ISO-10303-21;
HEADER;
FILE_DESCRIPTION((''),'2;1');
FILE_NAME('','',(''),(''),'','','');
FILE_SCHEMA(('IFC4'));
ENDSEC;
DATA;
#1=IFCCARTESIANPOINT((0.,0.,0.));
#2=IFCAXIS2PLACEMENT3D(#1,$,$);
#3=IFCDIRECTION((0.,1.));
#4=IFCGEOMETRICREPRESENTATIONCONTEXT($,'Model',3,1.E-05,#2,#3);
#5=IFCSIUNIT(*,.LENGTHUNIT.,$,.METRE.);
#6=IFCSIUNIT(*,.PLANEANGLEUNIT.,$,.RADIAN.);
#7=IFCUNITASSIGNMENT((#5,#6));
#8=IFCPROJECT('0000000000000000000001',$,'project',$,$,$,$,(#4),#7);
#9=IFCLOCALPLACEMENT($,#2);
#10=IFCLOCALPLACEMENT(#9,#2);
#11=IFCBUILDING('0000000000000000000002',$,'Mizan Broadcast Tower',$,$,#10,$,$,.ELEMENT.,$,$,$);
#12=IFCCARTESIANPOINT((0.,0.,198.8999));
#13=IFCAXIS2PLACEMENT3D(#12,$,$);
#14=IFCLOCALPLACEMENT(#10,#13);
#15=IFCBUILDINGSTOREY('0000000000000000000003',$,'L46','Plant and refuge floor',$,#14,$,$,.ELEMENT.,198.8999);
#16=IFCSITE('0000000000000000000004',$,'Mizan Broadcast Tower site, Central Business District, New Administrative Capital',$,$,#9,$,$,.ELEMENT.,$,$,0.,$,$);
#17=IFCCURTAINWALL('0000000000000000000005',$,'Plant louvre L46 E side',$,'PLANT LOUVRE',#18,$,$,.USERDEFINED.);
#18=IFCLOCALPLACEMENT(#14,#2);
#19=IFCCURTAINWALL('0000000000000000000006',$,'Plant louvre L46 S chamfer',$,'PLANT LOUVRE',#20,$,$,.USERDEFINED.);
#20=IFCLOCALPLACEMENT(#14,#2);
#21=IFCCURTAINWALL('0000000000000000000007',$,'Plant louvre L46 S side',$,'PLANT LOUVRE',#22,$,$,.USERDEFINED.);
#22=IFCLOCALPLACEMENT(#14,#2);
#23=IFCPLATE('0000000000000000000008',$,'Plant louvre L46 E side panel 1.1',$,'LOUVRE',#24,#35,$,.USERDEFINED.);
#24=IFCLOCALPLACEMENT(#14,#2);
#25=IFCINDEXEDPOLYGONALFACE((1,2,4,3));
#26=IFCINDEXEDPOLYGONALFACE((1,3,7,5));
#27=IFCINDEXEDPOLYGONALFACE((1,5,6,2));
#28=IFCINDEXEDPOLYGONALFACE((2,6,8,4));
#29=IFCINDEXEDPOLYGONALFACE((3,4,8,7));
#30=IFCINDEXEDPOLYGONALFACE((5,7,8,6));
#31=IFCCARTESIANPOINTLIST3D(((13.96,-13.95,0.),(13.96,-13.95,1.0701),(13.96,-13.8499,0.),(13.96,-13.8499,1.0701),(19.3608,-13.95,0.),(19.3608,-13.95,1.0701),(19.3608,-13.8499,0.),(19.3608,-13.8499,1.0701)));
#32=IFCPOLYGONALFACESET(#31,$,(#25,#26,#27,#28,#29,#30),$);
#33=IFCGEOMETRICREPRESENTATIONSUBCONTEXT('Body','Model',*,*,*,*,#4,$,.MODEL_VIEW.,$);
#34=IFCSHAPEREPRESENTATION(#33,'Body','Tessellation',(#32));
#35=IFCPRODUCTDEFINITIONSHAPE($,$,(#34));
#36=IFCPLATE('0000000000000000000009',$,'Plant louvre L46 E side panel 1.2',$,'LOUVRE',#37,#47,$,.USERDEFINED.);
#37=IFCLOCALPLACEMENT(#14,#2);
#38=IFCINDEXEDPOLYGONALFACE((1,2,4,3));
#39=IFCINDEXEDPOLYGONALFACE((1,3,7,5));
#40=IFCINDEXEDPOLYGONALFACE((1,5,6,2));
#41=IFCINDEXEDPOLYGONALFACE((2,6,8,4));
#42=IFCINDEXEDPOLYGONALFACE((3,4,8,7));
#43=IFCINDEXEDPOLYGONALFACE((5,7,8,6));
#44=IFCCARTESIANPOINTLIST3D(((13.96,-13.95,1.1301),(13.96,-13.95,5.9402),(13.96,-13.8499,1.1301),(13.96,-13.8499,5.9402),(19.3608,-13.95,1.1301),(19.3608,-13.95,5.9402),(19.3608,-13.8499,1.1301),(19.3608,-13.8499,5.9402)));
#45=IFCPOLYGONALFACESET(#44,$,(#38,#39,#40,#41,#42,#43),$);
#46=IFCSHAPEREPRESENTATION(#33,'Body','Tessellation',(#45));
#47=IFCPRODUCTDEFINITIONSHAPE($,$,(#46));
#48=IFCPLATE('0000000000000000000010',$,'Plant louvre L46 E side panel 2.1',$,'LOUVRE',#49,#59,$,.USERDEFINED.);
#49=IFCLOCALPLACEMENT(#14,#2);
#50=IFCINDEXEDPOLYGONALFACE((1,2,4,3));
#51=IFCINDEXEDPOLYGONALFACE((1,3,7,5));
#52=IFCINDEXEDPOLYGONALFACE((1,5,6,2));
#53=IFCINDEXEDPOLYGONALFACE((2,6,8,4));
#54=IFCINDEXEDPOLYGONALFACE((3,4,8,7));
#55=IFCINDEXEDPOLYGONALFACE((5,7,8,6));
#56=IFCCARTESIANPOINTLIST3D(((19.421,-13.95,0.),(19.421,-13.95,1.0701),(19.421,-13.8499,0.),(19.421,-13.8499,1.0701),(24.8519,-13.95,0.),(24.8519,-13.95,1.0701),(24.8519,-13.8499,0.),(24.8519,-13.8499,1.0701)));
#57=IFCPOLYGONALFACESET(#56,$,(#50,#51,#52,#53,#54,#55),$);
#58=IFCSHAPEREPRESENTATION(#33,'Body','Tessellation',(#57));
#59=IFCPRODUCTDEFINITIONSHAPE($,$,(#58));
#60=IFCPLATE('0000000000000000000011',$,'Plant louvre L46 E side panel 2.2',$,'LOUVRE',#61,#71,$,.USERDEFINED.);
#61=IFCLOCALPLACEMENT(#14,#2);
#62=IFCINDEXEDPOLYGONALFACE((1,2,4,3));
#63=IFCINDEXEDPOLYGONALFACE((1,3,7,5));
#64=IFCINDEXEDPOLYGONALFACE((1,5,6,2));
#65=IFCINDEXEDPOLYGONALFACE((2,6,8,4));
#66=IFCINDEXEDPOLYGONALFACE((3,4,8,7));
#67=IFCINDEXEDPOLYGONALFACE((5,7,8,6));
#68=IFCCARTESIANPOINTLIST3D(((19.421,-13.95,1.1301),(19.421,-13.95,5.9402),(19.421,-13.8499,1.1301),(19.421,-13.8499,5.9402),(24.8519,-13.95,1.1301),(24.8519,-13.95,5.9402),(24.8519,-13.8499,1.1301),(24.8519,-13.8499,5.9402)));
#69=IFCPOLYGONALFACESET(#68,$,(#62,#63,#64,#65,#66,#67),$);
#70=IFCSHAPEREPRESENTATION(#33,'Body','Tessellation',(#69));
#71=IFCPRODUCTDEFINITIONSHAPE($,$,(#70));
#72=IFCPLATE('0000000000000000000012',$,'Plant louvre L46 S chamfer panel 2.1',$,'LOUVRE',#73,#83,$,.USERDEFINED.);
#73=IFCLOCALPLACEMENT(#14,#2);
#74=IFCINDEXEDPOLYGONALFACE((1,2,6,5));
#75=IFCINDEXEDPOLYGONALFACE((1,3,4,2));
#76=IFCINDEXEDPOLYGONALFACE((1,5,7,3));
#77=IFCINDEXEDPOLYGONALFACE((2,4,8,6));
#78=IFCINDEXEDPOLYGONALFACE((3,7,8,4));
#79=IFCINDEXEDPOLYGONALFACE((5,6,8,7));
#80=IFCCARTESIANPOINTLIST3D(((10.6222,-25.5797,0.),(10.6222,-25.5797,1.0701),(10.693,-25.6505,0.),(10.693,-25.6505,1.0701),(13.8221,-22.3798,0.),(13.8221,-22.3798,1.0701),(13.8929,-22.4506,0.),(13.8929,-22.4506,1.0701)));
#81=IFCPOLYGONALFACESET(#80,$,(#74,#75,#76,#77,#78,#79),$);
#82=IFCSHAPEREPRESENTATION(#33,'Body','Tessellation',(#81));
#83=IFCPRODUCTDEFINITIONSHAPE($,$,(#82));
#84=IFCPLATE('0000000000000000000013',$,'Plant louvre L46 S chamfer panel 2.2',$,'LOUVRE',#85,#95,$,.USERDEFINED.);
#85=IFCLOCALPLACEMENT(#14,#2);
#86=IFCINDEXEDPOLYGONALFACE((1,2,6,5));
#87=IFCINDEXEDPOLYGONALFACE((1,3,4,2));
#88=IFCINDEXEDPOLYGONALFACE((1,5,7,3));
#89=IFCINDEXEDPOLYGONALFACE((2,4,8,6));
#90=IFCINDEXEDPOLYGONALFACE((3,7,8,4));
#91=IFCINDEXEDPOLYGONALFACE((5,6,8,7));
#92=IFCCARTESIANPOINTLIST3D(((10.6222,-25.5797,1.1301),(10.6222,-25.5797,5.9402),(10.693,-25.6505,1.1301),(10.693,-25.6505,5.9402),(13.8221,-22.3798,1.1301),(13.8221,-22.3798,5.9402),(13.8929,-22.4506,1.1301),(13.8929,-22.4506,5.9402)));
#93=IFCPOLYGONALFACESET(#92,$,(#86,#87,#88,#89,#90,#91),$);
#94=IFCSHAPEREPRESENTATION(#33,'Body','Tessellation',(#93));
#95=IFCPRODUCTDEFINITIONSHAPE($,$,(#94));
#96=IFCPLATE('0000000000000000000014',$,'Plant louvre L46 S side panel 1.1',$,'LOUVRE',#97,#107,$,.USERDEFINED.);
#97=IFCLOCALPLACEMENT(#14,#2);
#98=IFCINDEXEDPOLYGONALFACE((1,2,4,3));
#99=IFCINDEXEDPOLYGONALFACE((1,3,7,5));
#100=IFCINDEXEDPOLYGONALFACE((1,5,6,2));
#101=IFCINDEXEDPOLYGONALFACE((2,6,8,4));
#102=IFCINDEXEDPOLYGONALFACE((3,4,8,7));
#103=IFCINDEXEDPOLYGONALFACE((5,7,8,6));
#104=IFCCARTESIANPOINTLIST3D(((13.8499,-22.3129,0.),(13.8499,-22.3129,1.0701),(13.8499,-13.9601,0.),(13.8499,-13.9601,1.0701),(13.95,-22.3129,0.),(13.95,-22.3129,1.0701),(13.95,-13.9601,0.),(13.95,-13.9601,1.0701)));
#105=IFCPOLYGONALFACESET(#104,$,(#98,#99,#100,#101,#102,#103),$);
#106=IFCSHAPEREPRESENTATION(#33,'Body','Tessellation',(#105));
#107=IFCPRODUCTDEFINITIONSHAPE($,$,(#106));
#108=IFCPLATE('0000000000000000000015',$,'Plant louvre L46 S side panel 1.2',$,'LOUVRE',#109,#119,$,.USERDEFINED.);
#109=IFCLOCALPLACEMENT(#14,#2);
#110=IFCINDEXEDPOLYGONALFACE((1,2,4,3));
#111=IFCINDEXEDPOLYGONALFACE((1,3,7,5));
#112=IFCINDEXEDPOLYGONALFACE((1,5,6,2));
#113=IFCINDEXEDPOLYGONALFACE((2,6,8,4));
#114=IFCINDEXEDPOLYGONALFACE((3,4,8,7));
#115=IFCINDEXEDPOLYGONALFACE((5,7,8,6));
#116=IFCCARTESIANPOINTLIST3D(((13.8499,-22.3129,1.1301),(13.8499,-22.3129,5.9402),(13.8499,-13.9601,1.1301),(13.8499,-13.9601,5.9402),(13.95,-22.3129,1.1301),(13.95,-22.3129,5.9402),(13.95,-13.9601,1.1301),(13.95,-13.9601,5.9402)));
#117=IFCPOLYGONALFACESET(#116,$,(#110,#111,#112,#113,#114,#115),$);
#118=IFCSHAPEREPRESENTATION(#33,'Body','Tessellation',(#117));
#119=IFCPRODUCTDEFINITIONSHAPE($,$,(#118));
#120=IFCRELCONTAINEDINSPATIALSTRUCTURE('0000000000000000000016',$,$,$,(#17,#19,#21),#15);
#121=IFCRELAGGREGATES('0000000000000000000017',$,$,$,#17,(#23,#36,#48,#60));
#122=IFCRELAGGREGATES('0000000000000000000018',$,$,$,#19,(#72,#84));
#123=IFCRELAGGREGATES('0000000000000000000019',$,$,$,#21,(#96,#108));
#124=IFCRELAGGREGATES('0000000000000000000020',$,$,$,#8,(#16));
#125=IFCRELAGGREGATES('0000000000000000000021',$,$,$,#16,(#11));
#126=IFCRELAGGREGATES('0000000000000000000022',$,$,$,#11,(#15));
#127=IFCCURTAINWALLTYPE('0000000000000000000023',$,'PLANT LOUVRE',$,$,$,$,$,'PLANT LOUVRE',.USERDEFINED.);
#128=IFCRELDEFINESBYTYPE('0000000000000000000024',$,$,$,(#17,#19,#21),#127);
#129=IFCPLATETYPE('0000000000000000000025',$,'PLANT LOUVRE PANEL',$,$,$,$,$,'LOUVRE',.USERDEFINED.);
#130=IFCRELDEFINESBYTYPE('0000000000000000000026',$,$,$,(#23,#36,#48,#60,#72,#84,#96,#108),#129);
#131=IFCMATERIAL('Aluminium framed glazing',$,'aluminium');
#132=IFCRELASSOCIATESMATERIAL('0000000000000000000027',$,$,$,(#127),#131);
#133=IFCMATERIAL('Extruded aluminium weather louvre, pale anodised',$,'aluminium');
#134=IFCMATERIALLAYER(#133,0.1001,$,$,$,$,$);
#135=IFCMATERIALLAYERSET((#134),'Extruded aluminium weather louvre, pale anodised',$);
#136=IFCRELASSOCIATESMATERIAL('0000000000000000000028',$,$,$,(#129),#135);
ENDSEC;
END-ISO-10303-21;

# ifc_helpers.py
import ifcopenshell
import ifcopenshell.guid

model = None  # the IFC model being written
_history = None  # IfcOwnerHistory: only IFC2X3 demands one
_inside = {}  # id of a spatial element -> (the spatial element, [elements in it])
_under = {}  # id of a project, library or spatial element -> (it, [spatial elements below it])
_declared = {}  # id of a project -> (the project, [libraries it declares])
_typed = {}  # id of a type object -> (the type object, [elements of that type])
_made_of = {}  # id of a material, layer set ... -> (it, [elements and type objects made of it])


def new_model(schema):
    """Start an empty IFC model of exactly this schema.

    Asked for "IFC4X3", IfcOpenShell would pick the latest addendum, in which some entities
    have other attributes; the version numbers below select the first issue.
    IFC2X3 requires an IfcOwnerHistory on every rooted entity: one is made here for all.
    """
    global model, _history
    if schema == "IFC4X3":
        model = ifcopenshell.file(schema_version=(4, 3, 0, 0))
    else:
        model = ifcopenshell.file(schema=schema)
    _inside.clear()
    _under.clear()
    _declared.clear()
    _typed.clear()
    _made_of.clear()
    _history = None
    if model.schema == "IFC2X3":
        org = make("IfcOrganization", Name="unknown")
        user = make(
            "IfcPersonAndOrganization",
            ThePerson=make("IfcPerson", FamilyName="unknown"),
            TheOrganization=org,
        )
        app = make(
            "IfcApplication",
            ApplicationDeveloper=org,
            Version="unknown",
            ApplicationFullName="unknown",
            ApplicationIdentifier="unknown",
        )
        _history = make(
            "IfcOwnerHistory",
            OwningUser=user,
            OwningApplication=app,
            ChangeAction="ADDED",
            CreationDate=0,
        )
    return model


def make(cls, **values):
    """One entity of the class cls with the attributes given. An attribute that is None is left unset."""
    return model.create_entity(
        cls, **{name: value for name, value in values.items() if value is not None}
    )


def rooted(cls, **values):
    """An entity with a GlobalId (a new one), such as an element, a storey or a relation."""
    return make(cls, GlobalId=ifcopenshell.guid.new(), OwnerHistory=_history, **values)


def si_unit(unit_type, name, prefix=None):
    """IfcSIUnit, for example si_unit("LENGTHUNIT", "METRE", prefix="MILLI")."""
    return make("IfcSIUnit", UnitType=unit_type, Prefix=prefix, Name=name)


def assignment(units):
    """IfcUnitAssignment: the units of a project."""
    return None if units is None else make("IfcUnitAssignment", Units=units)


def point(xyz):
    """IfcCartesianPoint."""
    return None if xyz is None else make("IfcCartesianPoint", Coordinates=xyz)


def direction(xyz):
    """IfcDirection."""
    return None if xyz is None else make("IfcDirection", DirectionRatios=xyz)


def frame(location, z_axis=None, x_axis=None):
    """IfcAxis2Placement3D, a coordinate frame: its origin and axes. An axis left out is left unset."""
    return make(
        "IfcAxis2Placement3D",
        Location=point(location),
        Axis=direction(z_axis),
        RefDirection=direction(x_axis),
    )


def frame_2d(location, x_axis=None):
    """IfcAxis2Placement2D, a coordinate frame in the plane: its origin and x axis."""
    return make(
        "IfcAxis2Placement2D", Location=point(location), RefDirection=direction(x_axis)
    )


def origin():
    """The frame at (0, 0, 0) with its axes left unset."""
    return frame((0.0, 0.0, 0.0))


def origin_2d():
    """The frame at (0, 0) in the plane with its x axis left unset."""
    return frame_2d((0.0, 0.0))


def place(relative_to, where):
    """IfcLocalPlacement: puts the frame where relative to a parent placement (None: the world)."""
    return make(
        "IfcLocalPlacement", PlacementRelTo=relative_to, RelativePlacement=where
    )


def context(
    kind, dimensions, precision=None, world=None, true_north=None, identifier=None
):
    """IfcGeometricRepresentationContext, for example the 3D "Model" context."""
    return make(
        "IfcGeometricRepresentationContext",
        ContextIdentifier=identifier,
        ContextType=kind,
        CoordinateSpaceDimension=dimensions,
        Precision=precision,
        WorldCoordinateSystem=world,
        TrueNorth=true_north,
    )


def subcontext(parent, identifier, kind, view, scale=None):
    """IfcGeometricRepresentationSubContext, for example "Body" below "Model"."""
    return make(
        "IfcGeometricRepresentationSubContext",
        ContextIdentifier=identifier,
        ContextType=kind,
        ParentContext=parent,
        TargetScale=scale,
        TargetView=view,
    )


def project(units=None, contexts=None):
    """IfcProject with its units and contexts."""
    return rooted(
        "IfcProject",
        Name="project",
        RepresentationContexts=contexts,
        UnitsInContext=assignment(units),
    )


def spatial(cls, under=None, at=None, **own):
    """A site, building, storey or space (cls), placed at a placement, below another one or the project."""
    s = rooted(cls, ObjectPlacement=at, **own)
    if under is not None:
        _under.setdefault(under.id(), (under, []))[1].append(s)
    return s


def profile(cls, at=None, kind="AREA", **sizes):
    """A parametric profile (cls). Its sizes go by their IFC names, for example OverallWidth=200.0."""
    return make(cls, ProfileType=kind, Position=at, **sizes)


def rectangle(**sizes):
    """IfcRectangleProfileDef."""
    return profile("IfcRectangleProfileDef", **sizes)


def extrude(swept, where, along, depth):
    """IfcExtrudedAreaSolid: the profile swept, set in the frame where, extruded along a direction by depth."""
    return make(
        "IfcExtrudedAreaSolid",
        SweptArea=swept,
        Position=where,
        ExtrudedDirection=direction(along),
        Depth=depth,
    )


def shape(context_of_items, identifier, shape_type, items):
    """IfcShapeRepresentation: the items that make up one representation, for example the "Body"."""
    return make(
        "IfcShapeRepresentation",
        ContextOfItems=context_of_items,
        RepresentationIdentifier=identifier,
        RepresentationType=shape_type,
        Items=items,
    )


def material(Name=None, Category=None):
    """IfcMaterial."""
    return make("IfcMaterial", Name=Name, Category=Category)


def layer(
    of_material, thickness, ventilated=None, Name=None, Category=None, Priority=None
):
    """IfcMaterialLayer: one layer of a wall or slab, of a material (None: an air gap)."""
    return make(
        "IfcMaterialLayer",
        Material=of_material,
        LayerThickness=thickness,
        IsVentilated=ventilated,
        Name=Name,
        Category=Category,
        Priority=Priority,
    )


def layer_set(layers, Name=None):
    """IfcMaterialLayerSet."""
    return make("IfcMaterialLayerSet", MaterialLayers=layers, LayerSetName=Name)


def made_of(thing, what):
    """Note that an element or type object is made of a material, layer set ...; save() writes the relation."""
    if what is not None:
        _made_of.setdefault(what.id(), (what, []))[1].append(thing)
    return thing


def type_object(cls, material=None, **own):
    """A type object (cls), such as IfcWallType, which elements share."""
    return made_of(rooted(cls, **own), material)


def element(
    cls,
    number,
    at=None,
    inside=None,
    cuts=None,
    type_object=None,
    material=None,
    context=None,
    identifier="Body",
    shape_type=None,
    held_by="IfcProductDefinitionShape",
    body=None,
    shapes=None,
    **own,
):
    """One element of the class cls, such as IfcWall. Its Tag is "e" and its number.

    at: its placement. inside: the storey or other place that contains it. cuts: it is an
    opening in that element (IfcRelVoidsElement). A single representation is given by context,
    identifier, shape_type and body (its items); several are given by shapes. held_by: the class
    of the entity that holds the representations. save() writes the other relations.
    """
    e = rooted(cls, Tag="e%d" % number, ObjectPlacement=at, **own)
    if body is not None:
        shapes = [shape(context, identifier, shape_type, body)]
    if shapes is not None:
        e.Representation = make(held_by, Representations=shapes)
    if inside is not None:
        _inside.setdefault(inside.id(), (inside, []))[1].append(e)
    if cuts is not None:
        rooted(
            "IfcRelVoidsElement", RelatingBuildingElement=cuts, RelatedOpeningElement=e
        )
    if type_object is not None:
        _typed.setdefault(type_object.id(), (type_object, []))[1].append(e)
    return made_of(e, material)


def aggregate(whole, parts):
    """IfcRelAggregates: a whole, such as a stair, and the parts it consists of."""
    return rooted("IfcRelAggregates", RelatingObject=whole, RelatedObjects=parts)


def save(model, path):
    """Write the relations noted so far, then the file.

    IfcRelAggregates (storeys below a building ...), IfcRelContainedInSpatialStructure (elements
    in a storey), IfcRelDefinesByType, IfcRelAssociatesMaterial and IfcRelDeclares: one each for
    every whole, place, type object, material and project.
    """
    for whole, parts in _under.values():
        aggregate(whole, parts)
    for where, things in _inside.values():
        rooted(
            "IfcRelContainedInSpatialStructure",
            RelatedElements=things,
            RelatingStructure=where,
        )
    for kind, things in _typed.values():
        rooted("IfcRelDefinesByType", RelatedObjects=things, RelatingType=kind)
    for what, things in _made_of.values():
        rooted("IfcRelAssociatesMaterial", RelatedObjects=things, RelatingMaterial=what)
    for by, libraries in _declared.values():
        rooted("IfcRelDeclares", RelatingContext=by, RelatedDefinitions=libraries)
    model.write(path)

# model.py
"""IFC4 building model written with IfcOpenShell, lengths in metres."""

from ifc_helpers import new_model, si_unit, direction, frame, origin, origin_2d, place, context, subcontext, project, spatial, rectangle, extrude, material, layer, layer_set, type_object, element, aggregate, save


model = new_model("IFC4")

# Units and contexts
model_context = context("Model", 3, precision=1e-05, world=origin(), true_north=direction((0.0, 1.0)))
body_context = subcontext(model_context, "Body", "Model", "MODEL_VIEW")
ifc_project = project(units=[si_unit("LENGTHUNIT", "METRE"), si_unit("PLANEANGLEUNIT", "RADIAN")], contexts=[model_context])

# Site, building, storey
site_placement = place(None, origin())
site = spatial("IfcSite", under=ifc_project, at=site_placement, Name="Mizan Broadcast Tower site, Central Business District, New Administrative Capital", CompositionType="ELEMENT", RefElevation=0.0)
building_placement = place(site_placement, origin())
building = spatial("IfcBuilding", under=site, at=building_placement, Name="Mizan Broadcast Tower", CompositionType="ELEMENT")
storey_placement = place(building_placement, frame((0.0, 0.0, 198.8999)))
storey = spatial("IfcBuildingStorey", under=building, at=storey_placement, Name="L46", Description="Plant and refuge floor", CompositionType="ELEMENT", Elevation=198.8999)

# Curtain wall
ifc_material_1 = material(Name="Aluminium framed glazing", Category="aluminium")
curtain_wall_type = type_object("IfcCurtainWallType", Name="PLANT LOUVRE", ElementType="PLANT LOUVRE", PredefinedType="USERDEFINED", material=ifc_material_1)
curtain_wall_1_placement = place(storey_placement, origin())
curtain_wall_1 = element("IfcCurtainWall", 1, at=curtain_wall_1_placement, inside=storey, type_object=curtain_wall_type, Name="Plant louvre L46 E side", ObjectType="PLANT LOUVRE", PredefinedType="USERDEFINED")

# Curtain walls
curtain_wall_2_placement = place(storey_placement, origin())
curtain_wall_2 = element("IfcCurtainWall", 2, at=curtain_wall_2_placement, inside=storey, type_object=curtain_wall_type, Name="Plant louvre L46 S chamfer", ObjectType="PLANT LOUVRE", PredefinedType="USERDEFINED")
curtain_wall_3_placement = place(storey_placement, origin())
curtain_wall_3 = element("IfcCurtainWall", 3, at=curtain_wall_3_placement, inside=storey, type_object=curtain_wall_type, Name="Plant louvre L46 S side", ObjectType="PLANT LOUVRE", PredefinedType="USERDEFINED")

# Plates
ifc_material_2 = material(Name="Extruded aluminium weather louvre, pale anodised", Category="aluminium")
ifc_layer = layer(ifc_material_2, 0.1001)
ifc_layer_set = layer_set([ifc_layer], Name="Extruded aluminium weather louvre, pale anodised")
plate_type = type_object("IfcPlateType", Name="PLANT LOUVRE PANEL", ElementType="LOUVRE", PredefinedType="USERDEFINED", material=ifc_layer_set)
plate_1_placement = place(storey_placement, frame((16.6604, -13.8999, 0.0), z_axis=(0.0, 0.0, 1.0), x_axis=(1.0, 0.0, 0.0)))
plate_1 = element("IfcPlate", 4, at=plate_1_placement, type_object=plate_type, Name="Plant louvre L46 E side panel 1.1", ObjectType="LOUVRE", PredefinedType="USERDEFINED", context=body_context, shape_type="SweptSolid", body=[
    extrude(rectangle(XDim=5.4009, YDim=0.1001, at=origin_2d()), origin(), (0.0, 0.0, 1.0), 1.0701),
])
plate_2_placement = place(storey_placement, frame((16.6604, -13.8999, 1.1301), z_axis=(0.0, 0.0, 1.0), x_axis=(1.0, 0.0, 0.0)))
plate_2 = element("IfcPlate", 5, at=plate_2_placement, type_object=plate_type, Name="Plant louvre L46 E side panel 1.2", ObjectType="LOUVRE", PredefinedType="USERDEFINED", context=body_context, shape_type="SweptSolid", body=[
    extrude(rectangle(XDim=5.4009, YDim=0.1001, at=origin_2d()), origin(), (0.0, 0.0, 1.0), 4.8101),
])
plate_3_placement = place(storey_placement, frame((22.1365, -13.8999, 0.0), z_axis=(0.0, 0.0, 1.0), x_axis=(1.0, 0.0, 0.0)))
plate_3 = element("IfcPlate", 6, at=plate_3_placement, type_object=plate_type, Name="Plant louvre L46 E side panel 2.1", ObjectType="LOUVRE", PredefinedType="USERDEFINED", context=body_context, shape_type="SweptSolid", body=[
    extrude(rectangle(XDim=5.4309, YDim=0.1001, at=origin_2d()), origin(), (0.0, 0.0, 1.0), 1.0701),
])
plate_4_placement = place(storey_placement, frame((22.1365, -13.8999, 1.1301), z_axis=(0.0, 0.0, 1.0), x_axis=(1.0, 0.0, 0.0)))
plate_4 = element("IfcPlate", 7, at=plate_4_placement, type_object=plate_type, Name="Plant louvre L46 E side panel 2.2", ObjectType="LOUVRE", PredefinedType="USERDEFINED", context=body_context, shape_type="SweptSolid", body=[
    extrude(rectangle(XDim=5.4309, YDim=0.1001, at=origin_2d()), origin(), (0.0, 0.0, 1.0), 4.8101),
])
aggregate(curtain_wall_1, [plate_1, plate_2, plate_3, plate_4])
plate_5_placement = place(storey_placement, frame((12.2576, -24.0151, 0.0), z_axis=(0.0, 0.0, 1.0), x_axis=(0.707107, 0.707107, 0.0)))
plate_5 = element("IfcPlate", 8, at=plate_5_placement, type_object=plate_type, Name="Plant louvre L46 S chamfer panel 2.1", ObjectType="LOUVRE", PredefinedType="USERDEFINED", context=body_context, shape_type="SweptSolid", body=[
    extrude(rectangle(XDim=4.5254, YDim=0.1001, at=origin_2d()), origin(), (0.0, 0.0, 1.0), 1.0701),
])
plate_6_placement = place(storey_placement, frame((12.2576, -24.0151, 1.1301), z_axis=(0.0, 0.0, 1.0), x_axis=(0.707107, 0.707107, 0.0)))
plate_6 = element("IfcPlate", 9, at=plate_6_placement, type_object=plate_type, Name="Plant louvre L46 S chamfer panel 2.2", ObjectType="LOUVRE", PredefinedType="USERDEFINED", context=body_context, shape_type="SweptSolid", body=[
    extrude(rectangle(XDim=4.5254, YDim=0.1001, at=origin_2d()), origin(), (0.0, 0.0, 1.0), 4.8101),
])
aggregate(curtain_wall_2, [plate_5, plate_6])
plate_7_placement = place(storey_placement, frame((13.8999, -18.1365, 0.0), z_axis=(0.0, 0.0, 1.0), x_axis=(0.0, 1.0, 0.0)))
plate_7 = element("IfcPlate", 10, at=plate_7_placement, type_object=plate_type, Name="Plant louvre L46 S side panel 1.1", ObjectType="LOUVRE", PredefinedType="USERDEFINED", context=body_context, shape_type="SweptSolid", body=[
    extrude(rectangle(XDim=8.3528, YDim=0.1001, at=origin_2d()), origin(), (0.0, 0.0, 1.0), 1.0701),
])
plate_8_placement = place(storey_placement, frame((13.8999, -18.1365, 1.1301), z_axis=(0.0, 0.0, 1.0), x_axis=(0.0, 1.0, 0.0)))
plate_8 = element("IfcPlate", 11, at=plate_8_placement, type_object=plate_type, Name="Plant louvre L46 S side panel 1.2", ObjectType="LOUVRE", PredefinedType="USERDEFINED", context=body_context, shape_type="SweptSolid", body=[
    extrude(rectangle(XDim=8.3528, YDim=0.1001, at=origin_2d()), origin(), (0.0, 0.0, 1.0), 4.8101),
])
aggregate(curtain_wall_3, [plate_7, plate_8])

save(model, "model.ifc")
